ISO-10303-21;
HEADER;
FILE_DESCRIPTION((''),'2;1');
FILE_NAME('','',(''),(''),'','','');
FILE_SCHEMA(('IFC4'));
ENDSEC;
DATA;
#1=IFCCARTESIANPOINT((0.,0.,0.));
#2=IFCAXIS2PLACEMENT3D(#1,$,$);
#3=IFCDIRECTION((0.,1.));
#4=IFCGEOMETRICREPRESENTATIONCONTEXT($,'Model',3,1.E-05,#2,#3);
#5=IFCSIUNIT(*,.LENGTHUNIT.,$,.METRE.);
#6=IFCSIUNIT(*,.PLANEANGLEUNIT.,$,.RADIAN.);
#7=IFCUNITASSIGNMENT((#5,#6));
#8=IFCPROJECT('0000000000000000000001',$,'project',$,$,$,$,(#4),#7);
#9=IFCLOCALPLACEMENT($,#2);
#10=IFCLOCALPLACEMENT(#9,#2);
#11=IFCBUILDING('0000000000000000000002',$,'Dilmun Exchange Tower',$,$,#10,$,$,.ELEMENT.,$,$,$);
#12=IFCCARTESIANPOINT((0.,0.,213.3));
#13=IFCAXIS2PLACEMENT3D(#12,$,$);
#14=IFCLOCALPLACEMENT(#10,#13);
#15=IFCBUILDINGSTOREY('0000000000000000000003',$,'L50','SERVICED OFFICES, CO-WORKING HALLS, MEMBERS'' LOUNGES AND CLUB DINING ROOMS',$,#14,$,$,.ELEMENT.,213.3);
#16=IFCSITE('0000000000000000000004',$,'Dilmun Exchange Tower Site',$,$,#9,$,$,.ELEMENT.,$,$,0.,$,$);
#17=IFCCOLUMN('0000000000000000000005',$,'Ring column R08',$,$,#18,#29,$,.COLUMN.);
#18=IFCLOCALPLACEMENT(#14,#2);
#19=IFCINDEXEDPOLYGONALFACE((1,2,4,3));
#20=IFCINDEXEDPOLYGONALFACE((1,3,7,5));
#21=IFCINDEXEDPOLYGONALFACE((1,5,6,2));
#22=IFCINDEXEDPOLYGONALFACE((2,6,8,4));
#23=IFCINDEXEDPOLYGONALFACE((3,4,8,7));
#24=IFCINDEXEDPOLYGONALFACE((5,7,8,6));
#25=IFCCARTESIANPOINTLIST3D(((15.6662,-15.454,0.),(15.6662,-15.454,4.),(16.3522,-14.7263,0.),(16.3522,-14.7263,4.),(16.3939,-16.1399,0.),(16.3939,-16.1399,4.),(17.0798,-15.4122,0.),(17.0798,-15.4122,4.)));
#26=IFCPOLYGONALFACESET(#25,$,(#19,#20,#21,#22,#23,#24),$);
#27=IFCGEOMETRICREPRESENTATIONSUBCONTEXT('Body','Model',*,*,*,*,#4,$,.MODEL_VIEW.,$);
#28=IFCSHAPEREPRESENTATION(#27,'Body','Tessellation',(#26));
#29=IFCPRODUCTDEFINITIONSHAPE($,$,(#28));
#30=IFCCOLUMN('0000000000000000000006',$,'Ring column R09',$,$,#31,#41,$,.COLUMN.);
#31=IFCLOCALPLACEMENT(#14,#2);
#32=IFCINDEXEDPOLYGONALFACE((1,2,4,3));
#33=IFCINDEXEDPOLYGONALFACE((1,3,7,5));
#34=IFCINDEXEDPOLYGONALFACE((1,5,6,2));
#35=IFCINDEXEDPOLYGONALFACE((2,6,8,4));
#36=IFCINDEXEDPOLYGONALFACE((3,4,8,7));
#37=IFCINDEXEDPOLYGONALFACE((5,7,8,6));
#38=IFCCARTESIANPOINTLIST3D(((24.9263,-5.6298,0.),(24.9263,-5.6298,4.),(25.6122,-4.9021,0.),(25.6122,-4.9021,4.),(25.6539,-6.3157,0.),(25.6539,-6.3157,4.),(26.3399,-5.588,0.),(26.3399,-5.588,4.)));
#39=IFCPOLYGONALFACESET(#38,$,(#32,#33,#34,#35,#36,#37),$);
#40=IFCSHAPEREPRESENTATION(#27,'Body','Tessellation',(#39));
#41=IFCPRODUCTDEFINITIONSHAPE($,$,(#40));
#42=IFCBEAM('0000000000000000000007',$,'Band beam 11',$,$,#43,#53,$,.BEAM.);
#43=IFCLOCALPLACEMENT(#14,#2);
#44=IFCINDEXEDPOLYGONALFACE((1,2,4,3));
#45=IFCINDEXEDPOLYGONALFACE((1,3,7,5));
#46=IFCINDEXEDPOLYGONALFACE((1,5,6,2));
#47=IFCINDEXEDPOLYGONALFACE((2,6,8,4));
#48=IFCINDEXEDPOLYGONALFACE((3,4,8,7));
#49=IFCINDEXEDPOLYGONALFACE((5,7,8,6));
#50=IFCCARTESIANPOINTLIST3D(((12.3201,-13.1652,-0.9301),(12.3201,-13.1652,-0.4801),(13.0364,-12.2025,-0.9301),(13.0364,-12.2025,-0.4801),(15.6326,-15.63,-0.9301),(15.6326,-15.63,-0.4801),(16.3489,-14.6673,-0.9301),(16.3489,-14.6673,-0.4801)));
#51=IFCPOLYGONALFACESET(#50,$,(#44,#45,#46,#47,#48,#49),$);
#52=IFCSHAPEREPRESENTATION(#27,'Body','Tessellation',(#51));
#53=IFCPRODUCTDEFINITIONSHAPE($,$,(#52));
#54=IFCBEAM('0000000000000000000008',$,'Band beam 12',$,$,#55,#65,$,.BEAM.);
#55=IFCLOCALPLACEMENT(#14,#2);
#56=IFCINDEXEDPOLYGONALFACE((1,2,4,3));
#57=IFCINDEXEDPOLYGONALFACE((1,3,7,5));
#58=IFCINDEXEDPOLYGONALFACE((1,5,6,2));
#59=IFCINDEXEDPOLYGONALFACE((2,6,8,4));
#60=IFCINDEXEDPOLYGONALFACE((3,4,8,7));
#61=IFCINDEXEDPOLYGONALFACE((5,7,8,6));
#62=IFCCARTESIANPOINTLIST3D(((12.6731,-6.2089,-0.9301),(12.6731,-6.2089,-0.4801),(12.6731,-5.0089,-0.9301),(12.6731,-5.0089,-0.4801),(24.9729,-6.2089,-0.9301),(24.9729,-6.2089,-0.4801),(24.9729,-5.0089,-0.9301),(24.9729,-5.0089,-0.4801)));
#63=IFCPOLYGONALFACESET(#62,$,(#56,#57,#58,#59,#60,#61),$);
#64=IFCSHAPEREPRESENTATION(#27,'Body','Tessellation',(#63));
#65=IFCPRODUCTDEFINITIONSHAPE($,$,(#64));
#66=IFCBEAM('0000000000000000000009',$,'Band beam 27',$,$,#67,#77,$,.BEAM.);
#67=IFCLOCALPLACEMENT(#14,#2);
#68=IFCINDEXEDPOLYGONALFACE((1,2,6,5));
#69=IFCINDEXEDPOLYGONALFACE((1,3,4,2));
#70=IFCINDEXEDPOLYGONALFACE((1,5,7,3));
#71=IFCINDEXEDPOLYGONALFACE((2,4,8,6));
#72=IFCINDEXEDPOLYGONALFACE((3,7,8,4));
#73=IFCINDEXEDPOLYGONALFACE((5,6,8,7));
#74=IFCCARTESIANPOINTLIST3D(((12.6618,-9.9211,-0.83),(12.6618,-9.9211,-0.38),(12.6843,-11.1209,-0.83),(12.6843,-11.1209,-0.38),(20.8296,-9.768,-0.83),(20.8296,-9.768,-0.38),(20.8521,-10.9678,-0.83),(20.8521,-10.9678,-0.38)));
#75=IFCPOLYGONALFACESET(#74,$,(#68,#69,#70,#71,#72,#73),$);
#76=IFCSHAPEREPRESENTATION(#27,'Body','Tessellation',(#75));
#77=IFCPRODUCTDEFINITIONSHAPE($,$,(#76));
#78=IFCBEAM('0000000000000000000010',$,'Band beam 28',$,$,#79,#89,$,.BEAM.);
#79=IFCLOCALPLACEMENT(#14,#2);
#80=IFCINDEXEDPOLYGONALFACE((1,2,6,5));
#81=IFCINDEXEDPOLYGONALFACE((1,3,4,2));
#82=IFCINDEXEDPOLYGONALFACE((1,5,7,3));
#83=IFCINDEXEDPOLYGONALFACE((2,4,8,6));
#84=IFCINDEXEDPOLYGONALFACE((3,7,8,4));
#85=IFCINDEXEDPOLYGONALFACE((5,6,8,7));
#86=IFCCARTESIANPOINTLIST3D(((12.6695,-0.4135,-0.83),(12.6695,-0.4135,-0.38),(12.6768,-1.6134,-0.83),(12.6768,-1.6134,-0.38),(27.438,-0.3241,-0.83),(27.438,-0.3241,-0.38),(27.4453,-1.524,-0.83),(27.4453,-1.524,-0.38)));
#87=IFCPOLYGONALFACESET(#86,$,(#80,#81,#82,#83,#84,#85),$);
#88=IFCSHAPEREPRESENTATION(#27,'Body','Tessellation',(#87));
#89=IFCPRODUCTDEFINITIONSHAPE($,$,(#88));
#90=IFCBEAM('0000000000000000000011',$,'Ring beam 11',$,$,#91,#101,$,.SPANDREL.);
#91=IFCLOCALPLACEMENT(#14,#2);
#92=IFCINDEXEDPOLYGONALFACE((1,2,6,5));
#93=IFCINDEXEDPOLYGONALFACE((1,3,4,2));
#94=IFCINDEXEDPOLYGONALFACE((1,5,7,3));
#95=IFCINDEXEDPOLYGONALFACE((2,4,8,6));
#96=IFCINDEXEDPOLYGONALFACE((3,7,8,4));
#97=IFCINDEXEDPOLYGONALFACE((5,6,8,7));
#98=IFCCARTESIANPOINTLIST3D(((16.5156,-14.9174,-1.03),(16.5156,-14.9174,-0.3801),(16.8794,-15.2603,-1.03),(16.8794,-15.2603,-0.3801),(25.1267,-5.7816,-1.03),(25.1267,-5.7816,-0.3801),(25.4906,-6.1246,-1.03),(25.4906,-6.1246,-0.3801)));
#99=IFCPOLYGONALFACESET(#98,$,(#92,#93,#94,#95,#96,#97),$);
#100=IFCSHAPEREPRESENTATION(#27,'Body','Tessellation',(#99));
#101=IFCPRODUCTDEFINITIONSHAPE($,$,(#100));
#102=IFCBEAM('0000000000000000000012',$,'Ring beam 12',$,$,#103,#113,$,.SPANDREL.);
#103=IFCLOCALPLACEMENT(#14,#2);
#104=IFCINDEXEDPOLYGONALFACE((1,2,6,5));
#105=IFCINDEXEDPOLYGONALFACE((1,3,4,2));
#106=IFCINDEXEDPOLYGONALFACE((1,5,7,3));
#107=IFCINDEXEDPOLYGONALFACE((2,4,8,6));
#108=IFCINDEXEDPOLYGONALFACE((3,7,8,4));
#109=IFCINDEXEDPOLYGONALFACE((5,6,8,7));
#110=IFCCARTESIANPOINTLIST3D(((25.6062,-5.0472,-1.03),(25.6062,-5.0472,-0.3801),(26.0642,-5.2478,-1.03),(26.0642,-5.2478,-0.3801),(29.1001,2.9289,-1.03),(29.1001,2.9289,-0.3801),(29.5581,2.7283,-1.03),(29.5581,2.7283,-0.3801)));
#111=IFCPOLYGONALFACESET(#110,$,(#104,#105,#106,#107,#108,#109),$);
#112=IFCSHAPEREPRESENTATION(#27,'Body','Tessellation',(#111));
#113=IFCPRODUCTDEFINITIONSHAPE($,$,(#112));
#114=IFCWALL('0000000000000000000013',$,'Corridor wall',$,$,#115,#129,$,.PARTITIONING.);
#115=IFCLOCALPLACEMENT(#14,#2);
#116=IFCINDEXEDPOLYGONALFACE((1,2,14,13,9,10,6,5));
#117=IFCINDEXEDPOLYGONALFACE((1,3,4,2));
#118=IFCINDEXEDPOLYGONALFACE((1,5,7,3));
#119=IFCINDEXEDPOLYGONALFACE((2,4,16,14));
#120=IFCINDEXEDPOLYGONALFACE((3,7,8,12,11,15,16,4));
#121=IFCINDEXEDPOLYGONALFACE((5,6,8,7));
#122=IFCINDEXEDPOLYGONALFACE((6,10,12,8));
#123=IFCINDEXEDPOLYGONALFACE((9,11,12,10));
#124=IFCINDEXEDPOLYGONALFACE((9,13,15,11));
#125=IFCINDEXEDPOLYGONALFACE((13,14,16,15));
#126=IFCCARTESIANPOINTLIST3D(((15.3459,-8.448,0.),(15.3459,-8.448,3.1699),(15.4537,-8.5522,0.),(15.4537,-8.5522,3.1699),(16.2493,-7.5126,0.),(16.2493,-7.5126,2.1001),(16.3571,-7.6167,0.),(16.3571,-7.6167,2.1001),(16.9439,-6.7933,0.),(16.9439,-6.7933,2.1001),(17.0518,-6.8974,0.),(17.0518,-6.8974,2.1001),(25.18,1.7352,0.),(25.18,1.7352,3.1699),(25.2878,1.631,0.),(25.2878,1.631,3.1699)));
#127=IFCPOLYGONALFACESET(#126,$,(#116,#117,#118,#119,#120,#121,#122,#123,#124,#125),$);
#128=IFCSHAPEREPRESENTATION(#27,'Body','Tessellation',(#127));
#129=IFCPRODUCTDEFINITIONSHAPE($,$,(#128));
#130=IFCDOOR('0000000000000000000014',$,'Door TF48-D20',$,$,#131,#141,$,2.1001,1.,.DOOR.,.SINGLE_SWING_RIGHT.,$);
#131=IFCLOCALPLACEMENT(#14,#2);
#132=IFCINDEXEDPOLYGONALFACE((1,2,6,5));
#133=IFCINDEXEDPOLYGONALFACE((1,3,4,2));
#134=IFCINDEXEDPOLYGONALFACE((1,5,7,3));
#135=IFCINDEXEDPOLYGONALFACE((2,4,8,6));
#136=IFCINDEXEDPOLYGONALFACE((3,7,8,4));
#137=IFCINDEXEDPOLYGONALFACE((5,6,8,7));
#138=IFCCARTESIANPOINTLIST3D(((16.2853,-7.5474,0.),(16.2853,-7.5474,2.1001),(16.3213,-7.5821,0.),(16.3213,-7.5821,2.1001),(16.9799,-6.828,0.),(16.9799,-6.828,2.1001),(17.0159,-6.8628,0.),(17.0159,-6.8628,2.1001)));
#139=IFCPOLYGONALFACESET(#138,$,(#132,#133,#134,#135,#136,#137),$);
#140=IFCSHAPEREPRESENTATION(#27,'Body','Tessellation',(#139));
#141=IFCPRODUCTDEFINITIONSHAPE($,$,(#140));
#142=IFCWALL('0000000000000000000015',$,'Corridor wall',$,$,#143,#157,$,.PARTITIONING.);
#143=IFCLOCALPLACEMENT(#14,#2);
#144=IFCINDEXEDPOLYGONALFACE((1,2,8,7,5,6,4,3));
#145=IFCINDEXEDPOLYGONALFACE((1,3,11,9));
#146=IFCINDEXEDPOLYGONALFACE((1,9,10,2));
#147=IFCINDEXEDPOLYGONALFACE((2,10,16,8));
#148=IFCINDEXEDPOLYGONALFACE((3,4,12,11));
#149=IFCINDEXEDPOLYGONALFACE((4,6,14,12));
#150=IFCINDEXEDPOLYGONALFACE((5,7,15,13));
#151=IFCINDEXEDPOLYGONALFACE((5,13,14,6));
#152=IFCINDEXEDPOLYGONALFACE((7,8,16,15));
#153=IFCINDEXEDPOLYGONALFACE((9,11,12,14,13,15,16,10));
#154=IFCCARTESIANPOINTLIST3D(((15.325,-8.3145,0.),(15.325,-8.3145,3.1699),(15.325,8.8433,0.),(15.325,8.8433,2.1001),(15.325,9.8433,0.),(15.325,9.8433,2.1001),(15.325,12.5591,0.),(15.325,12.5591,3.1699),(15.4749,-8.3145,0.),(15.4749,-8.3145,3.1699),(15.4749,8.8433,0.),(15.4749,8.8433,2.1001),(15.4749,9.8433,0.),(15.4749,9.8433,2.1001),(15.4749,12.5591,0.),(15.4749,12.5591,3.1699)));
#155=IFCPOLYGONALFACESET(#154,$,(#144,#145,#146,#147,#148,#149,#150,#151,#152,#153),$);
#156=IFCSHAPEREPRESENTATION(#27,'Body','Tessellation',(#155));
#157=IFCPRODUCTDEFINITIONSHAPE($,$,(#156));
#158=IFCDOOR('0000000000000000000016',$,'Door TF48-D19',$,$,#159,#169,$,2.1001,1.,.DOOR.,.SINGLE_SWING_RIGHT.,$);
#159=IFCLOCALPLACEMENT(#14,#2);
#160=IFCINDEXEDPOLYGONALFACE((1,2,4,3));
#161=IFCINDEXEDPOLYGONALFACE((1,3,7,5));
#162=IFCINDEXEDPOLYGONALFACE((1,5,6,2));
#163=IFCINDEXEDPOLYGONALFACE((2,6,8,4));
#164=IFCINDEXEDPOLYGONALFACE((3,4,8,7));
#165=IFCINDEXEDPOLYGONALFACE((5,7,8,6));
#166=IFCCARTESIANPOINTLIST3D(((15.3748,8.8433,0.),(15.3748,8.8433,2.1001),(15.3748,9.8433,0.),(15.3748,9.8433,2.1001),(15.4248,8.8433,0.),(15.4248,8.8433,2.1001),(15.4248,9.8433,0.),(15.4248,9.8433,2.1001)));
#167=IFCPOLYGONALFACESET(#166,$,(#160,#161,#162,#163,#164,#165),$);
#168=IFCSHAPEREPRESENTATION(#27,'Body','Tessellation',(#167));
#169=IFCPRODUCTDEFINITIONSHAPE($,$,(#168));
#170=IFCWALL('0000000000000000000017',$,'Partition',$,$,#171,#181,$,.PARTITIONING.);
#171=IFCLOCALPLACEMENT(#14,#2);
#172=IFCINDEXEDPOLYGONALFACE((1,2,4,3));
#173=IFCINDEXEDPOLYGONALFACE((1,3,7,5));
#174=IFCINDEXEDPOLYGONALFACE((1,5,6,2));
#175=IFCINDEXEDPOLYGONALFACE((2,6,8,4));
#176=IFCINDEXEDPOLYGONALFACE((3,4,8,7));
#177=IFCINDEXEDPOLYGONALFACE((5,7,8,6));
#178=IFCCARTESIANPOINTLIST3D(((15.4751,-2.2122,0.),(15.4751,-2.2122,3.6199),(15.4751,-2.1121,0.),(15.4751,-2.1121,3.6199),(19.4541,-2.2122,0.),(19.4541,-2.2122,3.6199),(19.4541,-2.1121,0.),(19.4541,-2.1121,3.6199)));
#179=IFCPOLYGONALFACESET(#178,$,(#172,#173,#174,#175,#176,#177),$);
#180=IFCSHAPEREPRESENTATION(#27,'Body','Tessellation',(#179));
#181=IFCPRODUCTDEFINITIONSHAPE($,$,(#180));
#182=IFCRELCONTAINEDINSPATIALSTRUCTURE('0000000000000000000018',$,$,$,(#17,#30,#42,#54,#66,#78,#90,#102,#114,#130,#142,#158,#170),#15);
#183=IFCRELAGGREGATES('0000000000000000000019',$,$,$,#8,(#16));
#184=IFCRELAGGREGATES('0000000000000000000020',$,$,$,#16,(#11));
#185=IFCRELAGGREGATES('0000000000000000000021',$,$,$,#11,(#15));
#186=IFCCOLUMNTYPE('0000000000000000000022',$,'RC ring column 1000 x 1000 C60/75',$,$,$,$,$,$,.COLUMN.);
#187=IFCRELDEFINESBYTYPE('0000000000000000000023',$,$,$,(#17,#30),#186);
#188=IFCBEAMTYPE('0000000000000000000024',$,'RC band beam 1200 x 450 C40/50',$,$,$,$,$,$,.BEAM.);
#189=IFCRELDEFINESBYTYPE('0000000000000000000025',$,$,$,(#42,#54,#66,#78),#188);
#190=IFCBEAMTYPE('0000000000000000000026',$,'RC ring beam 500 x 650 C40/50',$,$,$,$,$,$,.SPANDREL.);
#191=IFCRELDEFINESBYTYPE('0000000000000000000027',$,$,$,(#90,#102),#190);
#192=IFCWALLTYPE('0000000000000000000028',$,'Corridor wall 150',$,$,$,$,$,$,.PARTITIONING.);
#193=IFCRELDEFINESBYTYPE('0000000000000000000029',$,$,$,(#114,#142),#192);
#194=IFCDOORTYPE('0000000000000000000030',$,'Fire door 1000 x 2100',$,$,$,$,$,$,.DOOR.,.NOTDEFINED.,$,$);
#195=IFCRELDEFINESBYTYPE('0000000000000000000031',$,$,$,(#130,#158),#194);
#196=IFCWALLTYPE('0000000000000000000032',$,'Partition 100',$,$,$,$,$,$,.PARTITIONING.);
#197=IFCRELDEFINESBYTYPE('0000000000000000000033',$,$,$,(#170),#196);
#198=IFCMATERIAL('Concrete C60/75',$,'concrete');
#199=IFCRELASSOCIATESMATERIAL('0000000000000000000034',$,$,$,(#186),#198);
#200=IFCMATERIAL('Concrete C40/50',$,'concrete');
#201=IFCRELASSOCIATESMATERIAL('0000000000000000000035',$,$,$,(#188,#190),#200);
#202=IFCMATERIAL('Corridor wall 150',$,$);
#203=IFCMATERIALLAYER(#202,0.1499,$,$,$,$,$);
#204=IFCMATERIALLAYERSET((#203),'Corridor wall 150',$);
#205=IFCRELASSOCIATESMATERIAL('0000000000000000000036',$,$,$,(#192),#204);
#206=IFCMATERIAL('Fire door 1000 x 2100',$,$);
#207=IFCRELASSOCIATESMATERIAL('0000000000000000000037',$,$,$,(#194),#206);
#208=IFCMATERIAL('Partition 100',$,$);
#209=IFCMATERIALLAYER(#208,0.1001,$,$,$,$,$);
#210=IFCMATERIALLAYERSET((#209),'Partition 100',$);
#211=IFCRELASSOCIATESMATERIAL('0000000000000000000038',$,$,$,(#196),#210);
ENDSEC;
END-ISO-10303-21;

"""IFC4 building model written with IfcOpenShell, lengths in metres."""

from ifc_helpers import new_model, si_unit, direction, frame, frame_2d, origin, origin_2d, place, context, subcontext, project, spatial, rectangle, extrude, material, layer, layer_set, material_profile, profile_set, type_object, element, fill, save


model = new_model("IFC4")

# Units and contexts
model_context = context("Model", 3, precision=1e-05, world=origin(), true_north=direction((0.0, 1.0)))
body_context = subcontext(model_context, "Body", "Model", "MODEL_VIEW")
ifc_project = project(units=[si_unit("LENGTHUNIT", "METRE"), si_unit("PLANEANGLEUNIT", "RADIAN")], contexts=[model_context])

# Site, building, storey
site_placement = place(None, origin())
site = spatial("IfcSite", under=ifc_project, at=site_placement, Name="Dilmun Exchange Tower Site", CompositionType="ELEMENT", RefElevation=0.0)
building_placement = place(site_placement, origin())
building = spatial("IfcBuilding", under=site, at=building_placement, Name="Dilmun Exchange Tower", CompositionType="ELEMENT")
storey_placement = place(building_placement, frame((0.0, 0.0, 213.3)))
storey = spatial("IfcBuildingStorey", under=building, at=storey_placement, Name="L50", Description="SERVICED OFFICES, CO-WORKING HALLS, MEMBERS' LOUNGES AND CLUB DINING ROOMS", CompositionType="ELEMENT", Elevation=213.3)

# Columns
ifc_material_1 = material(Name="Concrete C60/75", Category="concrete")
ifc_material_profile_1 = material_profile(ifc_material_1, rectangle(XDim=1.0, YDim=1.0, at=origin_2d()), Name="1000 x 1000")
ifc_profile_set_1 = profile_set([ifc_material_profile_1], Name="Concrete C60/75")
column_type = type_object("IfcColumnType", Name="RC ring column 1000 x 1000 C60/75", PredefinedType="COLUMN", material=ifc_profile_set_1)
for number, where, z_axis, x_axis, name in (
    (1, (16.373, -15.4331, 0.0), (0.0, 0.0, 1.0), (0.685916, 0.727681, 0.0), "Ring column R08"),
    (2, (25.6331, -5.6089, 0.0), (0.0, 0.0, 1.0), (0.685916, 0.727681, 0.0), "Ring column R09"),
):
    element("IfcColumn", number, at=place(storey_placement, frame(where, z_axis=z_axis, x_axis=x_axis)), inside=storey, type_object=column_type, Name=name, PredefinedType="COLUMN", context=body_context, shape_type="SweptSolid", body=[
        extrude(rectangle(XDim=1.0, YDim=1.0, at=origin_2d()), origin(), (0.0, 0.0, 1.0), 4.0),
    ])

# Beams
ifc_material_2 = material(Name="Concrete C40/50", Category="concrete")
ifc_material_profile_2 = material_profile(ifc_material_2, rectangle(XDim=1.2, YDim=0.45, at=origin_2d()), Name="1200 x 450")
ifc_profile_set_2 = profile_set([ifc_material_profile_2], Name="Concrete C40/50")
beam_type_1 = type_object("IfcBeamType", Name="RC band beam 1200 x 450 C40/50", PredefinedType="BEAM", material=ifc_profile_set_2)
beam_1_placement = place(storey_placement, frame((15.9907, -15.1487, -0.7051), z_axis=(-0.802265, 0.596968, 0.0), x_axis=(-0.596968, -0.802265, 0.0)))
element("IfcBeam", 3, at=beam_1_placement, inside=storey, type_object=beam_type_1, Name="Band beam 11", PredefinedType="BEAM", context=body_context, shape_type="SweptSolid", body=[
    extrude(rectangle(XDim=1.2, YDim=0.45, at=origin_2d()), origin(), (0.0, 0.0, 1.0), 4.1289),
])
beam_2_placement = place(storey_placement, frame((24.9729, -5.6089, -0.7051), z_axis=(-1.0, 0.0, 0.0), x_axis=(0.0, -1.0, 0.0)))
element("IfcBeam", 4, at=beam_2_placement, inside=storey, type_object=beam_type_1, Name="Band beam 12", PredefinedType="BEAM", context=body_context, shape_type="SweptSolid", body=[
    extrude(rectangle(XDim=1.2, YDim=0.45, at=origin_2d()), origin(), (0.0, 0.0, 1.0), 12.2998),
])
beam_3_placement = place(storey_placement, frame((20.8408, -10.3679, -0.605), z_axis=(-0.999824, -0.018738, 0.0), x_axis=(0.018738, -0.999824, 0.0)))
element("IfcBeam", 5, at=beam_3_placement, inside=storey, type_object=beam_type_1, Name="Band beam 27", PredefinedType="BEAM", context=body_context, shape_type="SweptSolid", body=[
    extrude(rectangle(XDim=1.2, YDim=0.45, at=origin_2d()), origin(), (0.0, 0.0, 1.0), 8.1692),
])
beam_4_placement = place(storey_placement, frame((27.4417, -0.9241, -0.605), z_axis=(-0.999982, -0.00605, 0.0), x_axis=(0.00605, -0.999982, 0.0)))
element("IfcBeam", 6, at=beam_4_placement, inside=storey, type_object=beam_type_1, Name="Band beam 28", PredefinedType="BEAM", context=body_context, shape_type="SweptSolid", body=[
    extrude(rectangle(XDim=1.2, YDim=0.45, at=origin_2d()), origin(), (0.0, 0.0, 1.0), 14.7688),
])
ifc_material_profile_3 = material_profile(ifc_material_2, rectangle(XDim=0.5, YDim=0.6499, at=origin_2d()), Name="500 x 650")
ifc_profile_set_3 = profile_set([ifc_material_profile_3], Name="Concrete C40/50")
beam_type_2 = type_object("IfcBeamType", Name="RC ring beam 500 x 650 C40/50", PredefinedType="SPANDREL", material=ifc_profile_set_3)
beam_5_placement = place(storey_placement, frame((16.6975, -15.0889, -0.7051), z_axis=(0.685903, 0.727693, 0.0), x_axis=(-0.727693, 0.685903, 0.0)))
element("IfcBeam", 7, at=beam_5_placement, inside=storey, type_object=beam_type_2, Name="Ring beam 11", PredefinedType="SPANDREL", context=body_context, shape_type="SweptSolid", body=[
    extrude(rectangle(XDim=0.5, YDim=0.6499, at=origin_2d()), origin(), (0.0, 0.0, 1.0), 12.5544),
])
beam_6_placement = place(storey_placement, frame((25.8352, -5.1475, -0.7051), z_axis=(0.401239, 0.915973, 0.0), x_axis=(-0.915973, 0.401239, 0.0)))
element("IfcBeam", 8, at=beam_6_placement, inside=storey, type_object=beam_type_2, Name="Ring beam 12", PredefinedType="SPANDREL", context=body_context, shape_type="SweptSolid", body=[
    extrude(rectangle(XDim=0.5, YDim=0.6499, at=origin_2d()), origin(), (0.0, 0.0, 1.0), 8.7078),
])

# Walls, openings, doors
ifc_material_3 = material(Name="Corridor wall 150")
ifc_layer_1 = layer(ifc_material_3, 0.1499)
ifc_layer_set_1 = layer_set([ifc_layer_1], Name="Corridor wall 150")
wall_type_1 = type_object("IfcWallType", Name="Corridor wall 150", PredefinedType="PARTITIONING", material=ifc_layer_set_1)
wall_1_placement = place(storey_placement, frame((15.3999, -8.5, 0.0), z_axis=(0.0, 0.0, 1.0), x_axis=(0.694668, 0.71933, 0.0)))
wall_1 = element("IfcWall", 9, at=wall_1_placement, inside=storey, type_object=wall_type_1, Name="Corridor wall", PredefinedType="PARTITIONING", context=body_context, shape_type="SweptSolid", body=[
    extrude(rectangle(XDim=14.1565, YDim=0.1499, at=frame_2d((7.0781, 0.0))), origin(), (0.0, 0.0, 1.0), 3.1699),
])
opening_1_placement = place(wall_1_placement, frame((1.3003, 0.0, 0.0)))
opening_1 = element("IfcOpeningElement", 10, at=opening_1_placement, cuts=wall_1, PredefinedType="OPENING", context=body_context, shape_type="SweptSolid", body=[
    extrude(rectangle(XDim=1.0, YDim=2.1001, at=frame_2d((0.5, 1.05))), frame((0.0, 0.085, 0.0), z_axis=(0.0, -1.0, 0.0), x_axis=(1.0, 0.0, 0.0)), (0.0, 0.0, 1.0), 0.1699),
])
ifc_material_4 = material(Name="Fire door 1000 x 2100")
door_type_1 = type_object("IfcDoorType", Name="Fire door 1000 x 2100", OperationType="NOTDEFINED", PredefinedType="DOOR", material=ifc_material_4)
door_1_placement = place(opening_1_placement, origin())
door_1 = element("IfcDoor", 11, at=door_1_placement, inside=storey, type_object=door_type_1, Name="Door TF48-D20", OperationType="SINGLE_SWING_RIGHT", OverallHeight=2.1001, OverallWidth=1.0, PredefinedType="DOOR", context=body_context, shape_type="SweptSolid", body=[
    extrude(rectangle(XDim=1.0, YDim=2.1001, at=frame_2d((0.5, 1.05))), frame((0.0, 0.0249, 0.0), z_axis=(0.0, -1.0, 0.0), x_axis=(1.0, 0.0, 0.0)), (0.0, 0.0, 1.0), 0.05),
])
fill(opening_1, door_1)
wall_2_placement = place(storey_placement, frame((15.3999, -8.3145, 0.0), z_axis=(0.0, 0.0, 1.0), x_axis=(0.0, 1.0, 0.0)))
wall_2 = element("IfcWall", 12, at=wall_2_placement, inside=storey, type_object=wall_type_1, Name="Corridor wall", PredefinedType="PARTITIONING", context=body_context, shape_type="SweptSolid", body=[
    extrude(rectangle(XDim=20.8735, YDim=0.1499, at=frame_2d((10.4368, 0.0))), origin(), (0.0, 0.0, 1.0), 3.1699),
])
opening_2_placement = place(wall_2_placement, frame((17.1577, 0.0, 0.0)))
opening_2 = element("IfcOpeningElement", 13, at=opening_2_placement, cuts=wall_2, PredefinedType="OPENING", context=body_context, shape_type="SweptSolid", body=[
    extrude(rectangle(XDim=1.0, YDim=2.1001, at=frame_2d((0.5, 1.05))), frame((0.0, 0.085, 0.0), z_axis=(0.0, -1.0, 0.0), x_axis=(1.0, 0.0, 0.0)), (0.0, 0.0, 1.0), 0.1699),
])
door_2_placement = place(opening_2_placement, frame((1.0, 0.0, 0.0), z_axis=(0.0, 0.0, 1.0), x_axis=(-1.0, 0.0, 0.0)))
door_2 = element("IfcDoor", 14, at=door_2_placement, inside=storey, type_object=door_type_1, Name="Door TF48-D19", OperationType="SINGLE_SWING_RIGHT", OverallHeight=2.1001, OverallWidth=1.0, PredefinedType="DOOR", context=body_context, shape_type="SweptSolid", body=[
    extrude(rectangle(XDim=1.0, YDim=2.1001, at=frame_2d((0.5, 1.05))), frame((0.0, 0.0249, 0.0), z_axis=(0.0, -1.0, 0.0), x_axis=(1.0, 0.0, 0.0)), (0.0, 0.0, 1.0), 0.05),
])
fill(opening_2, door_2)

# Wall
ifc_material_5 = material(Name="Partition 100")
ifc_layer_2 = layer(ifc_material_5, 0.1001)
ifc_layer_set_2 = layer_set([ifc_layer_2], Name="Partition 100")
wall_type_2 = type_object("IfcWallType", Name="Partition 100", PredefinedType="PARTITIONING", material=ifc_layer_set_2)
wall_3_placement = place(storey_placement, frame((15.4751, -2.1621, 0.0), z_axis=(0.0, 0.0, 1.0), x_axis=(1.0, 0.0, 0.0)))
element("IfcWall", 15, at=wall_3_placement, inside=storey, type_object=wall_type_2, Name="Partition", PredefinedType="PARTITIONING", context=body_context, shape_type="SweptSolid", body=[
    extrude(rectangle(XDim=3.979, YDim=0.1001, at=frame_2d((1.9895, 0.0))), origin(), (0.0, 0.0, 1.0), 3.6199),
])

save(model, "model.ifc")
